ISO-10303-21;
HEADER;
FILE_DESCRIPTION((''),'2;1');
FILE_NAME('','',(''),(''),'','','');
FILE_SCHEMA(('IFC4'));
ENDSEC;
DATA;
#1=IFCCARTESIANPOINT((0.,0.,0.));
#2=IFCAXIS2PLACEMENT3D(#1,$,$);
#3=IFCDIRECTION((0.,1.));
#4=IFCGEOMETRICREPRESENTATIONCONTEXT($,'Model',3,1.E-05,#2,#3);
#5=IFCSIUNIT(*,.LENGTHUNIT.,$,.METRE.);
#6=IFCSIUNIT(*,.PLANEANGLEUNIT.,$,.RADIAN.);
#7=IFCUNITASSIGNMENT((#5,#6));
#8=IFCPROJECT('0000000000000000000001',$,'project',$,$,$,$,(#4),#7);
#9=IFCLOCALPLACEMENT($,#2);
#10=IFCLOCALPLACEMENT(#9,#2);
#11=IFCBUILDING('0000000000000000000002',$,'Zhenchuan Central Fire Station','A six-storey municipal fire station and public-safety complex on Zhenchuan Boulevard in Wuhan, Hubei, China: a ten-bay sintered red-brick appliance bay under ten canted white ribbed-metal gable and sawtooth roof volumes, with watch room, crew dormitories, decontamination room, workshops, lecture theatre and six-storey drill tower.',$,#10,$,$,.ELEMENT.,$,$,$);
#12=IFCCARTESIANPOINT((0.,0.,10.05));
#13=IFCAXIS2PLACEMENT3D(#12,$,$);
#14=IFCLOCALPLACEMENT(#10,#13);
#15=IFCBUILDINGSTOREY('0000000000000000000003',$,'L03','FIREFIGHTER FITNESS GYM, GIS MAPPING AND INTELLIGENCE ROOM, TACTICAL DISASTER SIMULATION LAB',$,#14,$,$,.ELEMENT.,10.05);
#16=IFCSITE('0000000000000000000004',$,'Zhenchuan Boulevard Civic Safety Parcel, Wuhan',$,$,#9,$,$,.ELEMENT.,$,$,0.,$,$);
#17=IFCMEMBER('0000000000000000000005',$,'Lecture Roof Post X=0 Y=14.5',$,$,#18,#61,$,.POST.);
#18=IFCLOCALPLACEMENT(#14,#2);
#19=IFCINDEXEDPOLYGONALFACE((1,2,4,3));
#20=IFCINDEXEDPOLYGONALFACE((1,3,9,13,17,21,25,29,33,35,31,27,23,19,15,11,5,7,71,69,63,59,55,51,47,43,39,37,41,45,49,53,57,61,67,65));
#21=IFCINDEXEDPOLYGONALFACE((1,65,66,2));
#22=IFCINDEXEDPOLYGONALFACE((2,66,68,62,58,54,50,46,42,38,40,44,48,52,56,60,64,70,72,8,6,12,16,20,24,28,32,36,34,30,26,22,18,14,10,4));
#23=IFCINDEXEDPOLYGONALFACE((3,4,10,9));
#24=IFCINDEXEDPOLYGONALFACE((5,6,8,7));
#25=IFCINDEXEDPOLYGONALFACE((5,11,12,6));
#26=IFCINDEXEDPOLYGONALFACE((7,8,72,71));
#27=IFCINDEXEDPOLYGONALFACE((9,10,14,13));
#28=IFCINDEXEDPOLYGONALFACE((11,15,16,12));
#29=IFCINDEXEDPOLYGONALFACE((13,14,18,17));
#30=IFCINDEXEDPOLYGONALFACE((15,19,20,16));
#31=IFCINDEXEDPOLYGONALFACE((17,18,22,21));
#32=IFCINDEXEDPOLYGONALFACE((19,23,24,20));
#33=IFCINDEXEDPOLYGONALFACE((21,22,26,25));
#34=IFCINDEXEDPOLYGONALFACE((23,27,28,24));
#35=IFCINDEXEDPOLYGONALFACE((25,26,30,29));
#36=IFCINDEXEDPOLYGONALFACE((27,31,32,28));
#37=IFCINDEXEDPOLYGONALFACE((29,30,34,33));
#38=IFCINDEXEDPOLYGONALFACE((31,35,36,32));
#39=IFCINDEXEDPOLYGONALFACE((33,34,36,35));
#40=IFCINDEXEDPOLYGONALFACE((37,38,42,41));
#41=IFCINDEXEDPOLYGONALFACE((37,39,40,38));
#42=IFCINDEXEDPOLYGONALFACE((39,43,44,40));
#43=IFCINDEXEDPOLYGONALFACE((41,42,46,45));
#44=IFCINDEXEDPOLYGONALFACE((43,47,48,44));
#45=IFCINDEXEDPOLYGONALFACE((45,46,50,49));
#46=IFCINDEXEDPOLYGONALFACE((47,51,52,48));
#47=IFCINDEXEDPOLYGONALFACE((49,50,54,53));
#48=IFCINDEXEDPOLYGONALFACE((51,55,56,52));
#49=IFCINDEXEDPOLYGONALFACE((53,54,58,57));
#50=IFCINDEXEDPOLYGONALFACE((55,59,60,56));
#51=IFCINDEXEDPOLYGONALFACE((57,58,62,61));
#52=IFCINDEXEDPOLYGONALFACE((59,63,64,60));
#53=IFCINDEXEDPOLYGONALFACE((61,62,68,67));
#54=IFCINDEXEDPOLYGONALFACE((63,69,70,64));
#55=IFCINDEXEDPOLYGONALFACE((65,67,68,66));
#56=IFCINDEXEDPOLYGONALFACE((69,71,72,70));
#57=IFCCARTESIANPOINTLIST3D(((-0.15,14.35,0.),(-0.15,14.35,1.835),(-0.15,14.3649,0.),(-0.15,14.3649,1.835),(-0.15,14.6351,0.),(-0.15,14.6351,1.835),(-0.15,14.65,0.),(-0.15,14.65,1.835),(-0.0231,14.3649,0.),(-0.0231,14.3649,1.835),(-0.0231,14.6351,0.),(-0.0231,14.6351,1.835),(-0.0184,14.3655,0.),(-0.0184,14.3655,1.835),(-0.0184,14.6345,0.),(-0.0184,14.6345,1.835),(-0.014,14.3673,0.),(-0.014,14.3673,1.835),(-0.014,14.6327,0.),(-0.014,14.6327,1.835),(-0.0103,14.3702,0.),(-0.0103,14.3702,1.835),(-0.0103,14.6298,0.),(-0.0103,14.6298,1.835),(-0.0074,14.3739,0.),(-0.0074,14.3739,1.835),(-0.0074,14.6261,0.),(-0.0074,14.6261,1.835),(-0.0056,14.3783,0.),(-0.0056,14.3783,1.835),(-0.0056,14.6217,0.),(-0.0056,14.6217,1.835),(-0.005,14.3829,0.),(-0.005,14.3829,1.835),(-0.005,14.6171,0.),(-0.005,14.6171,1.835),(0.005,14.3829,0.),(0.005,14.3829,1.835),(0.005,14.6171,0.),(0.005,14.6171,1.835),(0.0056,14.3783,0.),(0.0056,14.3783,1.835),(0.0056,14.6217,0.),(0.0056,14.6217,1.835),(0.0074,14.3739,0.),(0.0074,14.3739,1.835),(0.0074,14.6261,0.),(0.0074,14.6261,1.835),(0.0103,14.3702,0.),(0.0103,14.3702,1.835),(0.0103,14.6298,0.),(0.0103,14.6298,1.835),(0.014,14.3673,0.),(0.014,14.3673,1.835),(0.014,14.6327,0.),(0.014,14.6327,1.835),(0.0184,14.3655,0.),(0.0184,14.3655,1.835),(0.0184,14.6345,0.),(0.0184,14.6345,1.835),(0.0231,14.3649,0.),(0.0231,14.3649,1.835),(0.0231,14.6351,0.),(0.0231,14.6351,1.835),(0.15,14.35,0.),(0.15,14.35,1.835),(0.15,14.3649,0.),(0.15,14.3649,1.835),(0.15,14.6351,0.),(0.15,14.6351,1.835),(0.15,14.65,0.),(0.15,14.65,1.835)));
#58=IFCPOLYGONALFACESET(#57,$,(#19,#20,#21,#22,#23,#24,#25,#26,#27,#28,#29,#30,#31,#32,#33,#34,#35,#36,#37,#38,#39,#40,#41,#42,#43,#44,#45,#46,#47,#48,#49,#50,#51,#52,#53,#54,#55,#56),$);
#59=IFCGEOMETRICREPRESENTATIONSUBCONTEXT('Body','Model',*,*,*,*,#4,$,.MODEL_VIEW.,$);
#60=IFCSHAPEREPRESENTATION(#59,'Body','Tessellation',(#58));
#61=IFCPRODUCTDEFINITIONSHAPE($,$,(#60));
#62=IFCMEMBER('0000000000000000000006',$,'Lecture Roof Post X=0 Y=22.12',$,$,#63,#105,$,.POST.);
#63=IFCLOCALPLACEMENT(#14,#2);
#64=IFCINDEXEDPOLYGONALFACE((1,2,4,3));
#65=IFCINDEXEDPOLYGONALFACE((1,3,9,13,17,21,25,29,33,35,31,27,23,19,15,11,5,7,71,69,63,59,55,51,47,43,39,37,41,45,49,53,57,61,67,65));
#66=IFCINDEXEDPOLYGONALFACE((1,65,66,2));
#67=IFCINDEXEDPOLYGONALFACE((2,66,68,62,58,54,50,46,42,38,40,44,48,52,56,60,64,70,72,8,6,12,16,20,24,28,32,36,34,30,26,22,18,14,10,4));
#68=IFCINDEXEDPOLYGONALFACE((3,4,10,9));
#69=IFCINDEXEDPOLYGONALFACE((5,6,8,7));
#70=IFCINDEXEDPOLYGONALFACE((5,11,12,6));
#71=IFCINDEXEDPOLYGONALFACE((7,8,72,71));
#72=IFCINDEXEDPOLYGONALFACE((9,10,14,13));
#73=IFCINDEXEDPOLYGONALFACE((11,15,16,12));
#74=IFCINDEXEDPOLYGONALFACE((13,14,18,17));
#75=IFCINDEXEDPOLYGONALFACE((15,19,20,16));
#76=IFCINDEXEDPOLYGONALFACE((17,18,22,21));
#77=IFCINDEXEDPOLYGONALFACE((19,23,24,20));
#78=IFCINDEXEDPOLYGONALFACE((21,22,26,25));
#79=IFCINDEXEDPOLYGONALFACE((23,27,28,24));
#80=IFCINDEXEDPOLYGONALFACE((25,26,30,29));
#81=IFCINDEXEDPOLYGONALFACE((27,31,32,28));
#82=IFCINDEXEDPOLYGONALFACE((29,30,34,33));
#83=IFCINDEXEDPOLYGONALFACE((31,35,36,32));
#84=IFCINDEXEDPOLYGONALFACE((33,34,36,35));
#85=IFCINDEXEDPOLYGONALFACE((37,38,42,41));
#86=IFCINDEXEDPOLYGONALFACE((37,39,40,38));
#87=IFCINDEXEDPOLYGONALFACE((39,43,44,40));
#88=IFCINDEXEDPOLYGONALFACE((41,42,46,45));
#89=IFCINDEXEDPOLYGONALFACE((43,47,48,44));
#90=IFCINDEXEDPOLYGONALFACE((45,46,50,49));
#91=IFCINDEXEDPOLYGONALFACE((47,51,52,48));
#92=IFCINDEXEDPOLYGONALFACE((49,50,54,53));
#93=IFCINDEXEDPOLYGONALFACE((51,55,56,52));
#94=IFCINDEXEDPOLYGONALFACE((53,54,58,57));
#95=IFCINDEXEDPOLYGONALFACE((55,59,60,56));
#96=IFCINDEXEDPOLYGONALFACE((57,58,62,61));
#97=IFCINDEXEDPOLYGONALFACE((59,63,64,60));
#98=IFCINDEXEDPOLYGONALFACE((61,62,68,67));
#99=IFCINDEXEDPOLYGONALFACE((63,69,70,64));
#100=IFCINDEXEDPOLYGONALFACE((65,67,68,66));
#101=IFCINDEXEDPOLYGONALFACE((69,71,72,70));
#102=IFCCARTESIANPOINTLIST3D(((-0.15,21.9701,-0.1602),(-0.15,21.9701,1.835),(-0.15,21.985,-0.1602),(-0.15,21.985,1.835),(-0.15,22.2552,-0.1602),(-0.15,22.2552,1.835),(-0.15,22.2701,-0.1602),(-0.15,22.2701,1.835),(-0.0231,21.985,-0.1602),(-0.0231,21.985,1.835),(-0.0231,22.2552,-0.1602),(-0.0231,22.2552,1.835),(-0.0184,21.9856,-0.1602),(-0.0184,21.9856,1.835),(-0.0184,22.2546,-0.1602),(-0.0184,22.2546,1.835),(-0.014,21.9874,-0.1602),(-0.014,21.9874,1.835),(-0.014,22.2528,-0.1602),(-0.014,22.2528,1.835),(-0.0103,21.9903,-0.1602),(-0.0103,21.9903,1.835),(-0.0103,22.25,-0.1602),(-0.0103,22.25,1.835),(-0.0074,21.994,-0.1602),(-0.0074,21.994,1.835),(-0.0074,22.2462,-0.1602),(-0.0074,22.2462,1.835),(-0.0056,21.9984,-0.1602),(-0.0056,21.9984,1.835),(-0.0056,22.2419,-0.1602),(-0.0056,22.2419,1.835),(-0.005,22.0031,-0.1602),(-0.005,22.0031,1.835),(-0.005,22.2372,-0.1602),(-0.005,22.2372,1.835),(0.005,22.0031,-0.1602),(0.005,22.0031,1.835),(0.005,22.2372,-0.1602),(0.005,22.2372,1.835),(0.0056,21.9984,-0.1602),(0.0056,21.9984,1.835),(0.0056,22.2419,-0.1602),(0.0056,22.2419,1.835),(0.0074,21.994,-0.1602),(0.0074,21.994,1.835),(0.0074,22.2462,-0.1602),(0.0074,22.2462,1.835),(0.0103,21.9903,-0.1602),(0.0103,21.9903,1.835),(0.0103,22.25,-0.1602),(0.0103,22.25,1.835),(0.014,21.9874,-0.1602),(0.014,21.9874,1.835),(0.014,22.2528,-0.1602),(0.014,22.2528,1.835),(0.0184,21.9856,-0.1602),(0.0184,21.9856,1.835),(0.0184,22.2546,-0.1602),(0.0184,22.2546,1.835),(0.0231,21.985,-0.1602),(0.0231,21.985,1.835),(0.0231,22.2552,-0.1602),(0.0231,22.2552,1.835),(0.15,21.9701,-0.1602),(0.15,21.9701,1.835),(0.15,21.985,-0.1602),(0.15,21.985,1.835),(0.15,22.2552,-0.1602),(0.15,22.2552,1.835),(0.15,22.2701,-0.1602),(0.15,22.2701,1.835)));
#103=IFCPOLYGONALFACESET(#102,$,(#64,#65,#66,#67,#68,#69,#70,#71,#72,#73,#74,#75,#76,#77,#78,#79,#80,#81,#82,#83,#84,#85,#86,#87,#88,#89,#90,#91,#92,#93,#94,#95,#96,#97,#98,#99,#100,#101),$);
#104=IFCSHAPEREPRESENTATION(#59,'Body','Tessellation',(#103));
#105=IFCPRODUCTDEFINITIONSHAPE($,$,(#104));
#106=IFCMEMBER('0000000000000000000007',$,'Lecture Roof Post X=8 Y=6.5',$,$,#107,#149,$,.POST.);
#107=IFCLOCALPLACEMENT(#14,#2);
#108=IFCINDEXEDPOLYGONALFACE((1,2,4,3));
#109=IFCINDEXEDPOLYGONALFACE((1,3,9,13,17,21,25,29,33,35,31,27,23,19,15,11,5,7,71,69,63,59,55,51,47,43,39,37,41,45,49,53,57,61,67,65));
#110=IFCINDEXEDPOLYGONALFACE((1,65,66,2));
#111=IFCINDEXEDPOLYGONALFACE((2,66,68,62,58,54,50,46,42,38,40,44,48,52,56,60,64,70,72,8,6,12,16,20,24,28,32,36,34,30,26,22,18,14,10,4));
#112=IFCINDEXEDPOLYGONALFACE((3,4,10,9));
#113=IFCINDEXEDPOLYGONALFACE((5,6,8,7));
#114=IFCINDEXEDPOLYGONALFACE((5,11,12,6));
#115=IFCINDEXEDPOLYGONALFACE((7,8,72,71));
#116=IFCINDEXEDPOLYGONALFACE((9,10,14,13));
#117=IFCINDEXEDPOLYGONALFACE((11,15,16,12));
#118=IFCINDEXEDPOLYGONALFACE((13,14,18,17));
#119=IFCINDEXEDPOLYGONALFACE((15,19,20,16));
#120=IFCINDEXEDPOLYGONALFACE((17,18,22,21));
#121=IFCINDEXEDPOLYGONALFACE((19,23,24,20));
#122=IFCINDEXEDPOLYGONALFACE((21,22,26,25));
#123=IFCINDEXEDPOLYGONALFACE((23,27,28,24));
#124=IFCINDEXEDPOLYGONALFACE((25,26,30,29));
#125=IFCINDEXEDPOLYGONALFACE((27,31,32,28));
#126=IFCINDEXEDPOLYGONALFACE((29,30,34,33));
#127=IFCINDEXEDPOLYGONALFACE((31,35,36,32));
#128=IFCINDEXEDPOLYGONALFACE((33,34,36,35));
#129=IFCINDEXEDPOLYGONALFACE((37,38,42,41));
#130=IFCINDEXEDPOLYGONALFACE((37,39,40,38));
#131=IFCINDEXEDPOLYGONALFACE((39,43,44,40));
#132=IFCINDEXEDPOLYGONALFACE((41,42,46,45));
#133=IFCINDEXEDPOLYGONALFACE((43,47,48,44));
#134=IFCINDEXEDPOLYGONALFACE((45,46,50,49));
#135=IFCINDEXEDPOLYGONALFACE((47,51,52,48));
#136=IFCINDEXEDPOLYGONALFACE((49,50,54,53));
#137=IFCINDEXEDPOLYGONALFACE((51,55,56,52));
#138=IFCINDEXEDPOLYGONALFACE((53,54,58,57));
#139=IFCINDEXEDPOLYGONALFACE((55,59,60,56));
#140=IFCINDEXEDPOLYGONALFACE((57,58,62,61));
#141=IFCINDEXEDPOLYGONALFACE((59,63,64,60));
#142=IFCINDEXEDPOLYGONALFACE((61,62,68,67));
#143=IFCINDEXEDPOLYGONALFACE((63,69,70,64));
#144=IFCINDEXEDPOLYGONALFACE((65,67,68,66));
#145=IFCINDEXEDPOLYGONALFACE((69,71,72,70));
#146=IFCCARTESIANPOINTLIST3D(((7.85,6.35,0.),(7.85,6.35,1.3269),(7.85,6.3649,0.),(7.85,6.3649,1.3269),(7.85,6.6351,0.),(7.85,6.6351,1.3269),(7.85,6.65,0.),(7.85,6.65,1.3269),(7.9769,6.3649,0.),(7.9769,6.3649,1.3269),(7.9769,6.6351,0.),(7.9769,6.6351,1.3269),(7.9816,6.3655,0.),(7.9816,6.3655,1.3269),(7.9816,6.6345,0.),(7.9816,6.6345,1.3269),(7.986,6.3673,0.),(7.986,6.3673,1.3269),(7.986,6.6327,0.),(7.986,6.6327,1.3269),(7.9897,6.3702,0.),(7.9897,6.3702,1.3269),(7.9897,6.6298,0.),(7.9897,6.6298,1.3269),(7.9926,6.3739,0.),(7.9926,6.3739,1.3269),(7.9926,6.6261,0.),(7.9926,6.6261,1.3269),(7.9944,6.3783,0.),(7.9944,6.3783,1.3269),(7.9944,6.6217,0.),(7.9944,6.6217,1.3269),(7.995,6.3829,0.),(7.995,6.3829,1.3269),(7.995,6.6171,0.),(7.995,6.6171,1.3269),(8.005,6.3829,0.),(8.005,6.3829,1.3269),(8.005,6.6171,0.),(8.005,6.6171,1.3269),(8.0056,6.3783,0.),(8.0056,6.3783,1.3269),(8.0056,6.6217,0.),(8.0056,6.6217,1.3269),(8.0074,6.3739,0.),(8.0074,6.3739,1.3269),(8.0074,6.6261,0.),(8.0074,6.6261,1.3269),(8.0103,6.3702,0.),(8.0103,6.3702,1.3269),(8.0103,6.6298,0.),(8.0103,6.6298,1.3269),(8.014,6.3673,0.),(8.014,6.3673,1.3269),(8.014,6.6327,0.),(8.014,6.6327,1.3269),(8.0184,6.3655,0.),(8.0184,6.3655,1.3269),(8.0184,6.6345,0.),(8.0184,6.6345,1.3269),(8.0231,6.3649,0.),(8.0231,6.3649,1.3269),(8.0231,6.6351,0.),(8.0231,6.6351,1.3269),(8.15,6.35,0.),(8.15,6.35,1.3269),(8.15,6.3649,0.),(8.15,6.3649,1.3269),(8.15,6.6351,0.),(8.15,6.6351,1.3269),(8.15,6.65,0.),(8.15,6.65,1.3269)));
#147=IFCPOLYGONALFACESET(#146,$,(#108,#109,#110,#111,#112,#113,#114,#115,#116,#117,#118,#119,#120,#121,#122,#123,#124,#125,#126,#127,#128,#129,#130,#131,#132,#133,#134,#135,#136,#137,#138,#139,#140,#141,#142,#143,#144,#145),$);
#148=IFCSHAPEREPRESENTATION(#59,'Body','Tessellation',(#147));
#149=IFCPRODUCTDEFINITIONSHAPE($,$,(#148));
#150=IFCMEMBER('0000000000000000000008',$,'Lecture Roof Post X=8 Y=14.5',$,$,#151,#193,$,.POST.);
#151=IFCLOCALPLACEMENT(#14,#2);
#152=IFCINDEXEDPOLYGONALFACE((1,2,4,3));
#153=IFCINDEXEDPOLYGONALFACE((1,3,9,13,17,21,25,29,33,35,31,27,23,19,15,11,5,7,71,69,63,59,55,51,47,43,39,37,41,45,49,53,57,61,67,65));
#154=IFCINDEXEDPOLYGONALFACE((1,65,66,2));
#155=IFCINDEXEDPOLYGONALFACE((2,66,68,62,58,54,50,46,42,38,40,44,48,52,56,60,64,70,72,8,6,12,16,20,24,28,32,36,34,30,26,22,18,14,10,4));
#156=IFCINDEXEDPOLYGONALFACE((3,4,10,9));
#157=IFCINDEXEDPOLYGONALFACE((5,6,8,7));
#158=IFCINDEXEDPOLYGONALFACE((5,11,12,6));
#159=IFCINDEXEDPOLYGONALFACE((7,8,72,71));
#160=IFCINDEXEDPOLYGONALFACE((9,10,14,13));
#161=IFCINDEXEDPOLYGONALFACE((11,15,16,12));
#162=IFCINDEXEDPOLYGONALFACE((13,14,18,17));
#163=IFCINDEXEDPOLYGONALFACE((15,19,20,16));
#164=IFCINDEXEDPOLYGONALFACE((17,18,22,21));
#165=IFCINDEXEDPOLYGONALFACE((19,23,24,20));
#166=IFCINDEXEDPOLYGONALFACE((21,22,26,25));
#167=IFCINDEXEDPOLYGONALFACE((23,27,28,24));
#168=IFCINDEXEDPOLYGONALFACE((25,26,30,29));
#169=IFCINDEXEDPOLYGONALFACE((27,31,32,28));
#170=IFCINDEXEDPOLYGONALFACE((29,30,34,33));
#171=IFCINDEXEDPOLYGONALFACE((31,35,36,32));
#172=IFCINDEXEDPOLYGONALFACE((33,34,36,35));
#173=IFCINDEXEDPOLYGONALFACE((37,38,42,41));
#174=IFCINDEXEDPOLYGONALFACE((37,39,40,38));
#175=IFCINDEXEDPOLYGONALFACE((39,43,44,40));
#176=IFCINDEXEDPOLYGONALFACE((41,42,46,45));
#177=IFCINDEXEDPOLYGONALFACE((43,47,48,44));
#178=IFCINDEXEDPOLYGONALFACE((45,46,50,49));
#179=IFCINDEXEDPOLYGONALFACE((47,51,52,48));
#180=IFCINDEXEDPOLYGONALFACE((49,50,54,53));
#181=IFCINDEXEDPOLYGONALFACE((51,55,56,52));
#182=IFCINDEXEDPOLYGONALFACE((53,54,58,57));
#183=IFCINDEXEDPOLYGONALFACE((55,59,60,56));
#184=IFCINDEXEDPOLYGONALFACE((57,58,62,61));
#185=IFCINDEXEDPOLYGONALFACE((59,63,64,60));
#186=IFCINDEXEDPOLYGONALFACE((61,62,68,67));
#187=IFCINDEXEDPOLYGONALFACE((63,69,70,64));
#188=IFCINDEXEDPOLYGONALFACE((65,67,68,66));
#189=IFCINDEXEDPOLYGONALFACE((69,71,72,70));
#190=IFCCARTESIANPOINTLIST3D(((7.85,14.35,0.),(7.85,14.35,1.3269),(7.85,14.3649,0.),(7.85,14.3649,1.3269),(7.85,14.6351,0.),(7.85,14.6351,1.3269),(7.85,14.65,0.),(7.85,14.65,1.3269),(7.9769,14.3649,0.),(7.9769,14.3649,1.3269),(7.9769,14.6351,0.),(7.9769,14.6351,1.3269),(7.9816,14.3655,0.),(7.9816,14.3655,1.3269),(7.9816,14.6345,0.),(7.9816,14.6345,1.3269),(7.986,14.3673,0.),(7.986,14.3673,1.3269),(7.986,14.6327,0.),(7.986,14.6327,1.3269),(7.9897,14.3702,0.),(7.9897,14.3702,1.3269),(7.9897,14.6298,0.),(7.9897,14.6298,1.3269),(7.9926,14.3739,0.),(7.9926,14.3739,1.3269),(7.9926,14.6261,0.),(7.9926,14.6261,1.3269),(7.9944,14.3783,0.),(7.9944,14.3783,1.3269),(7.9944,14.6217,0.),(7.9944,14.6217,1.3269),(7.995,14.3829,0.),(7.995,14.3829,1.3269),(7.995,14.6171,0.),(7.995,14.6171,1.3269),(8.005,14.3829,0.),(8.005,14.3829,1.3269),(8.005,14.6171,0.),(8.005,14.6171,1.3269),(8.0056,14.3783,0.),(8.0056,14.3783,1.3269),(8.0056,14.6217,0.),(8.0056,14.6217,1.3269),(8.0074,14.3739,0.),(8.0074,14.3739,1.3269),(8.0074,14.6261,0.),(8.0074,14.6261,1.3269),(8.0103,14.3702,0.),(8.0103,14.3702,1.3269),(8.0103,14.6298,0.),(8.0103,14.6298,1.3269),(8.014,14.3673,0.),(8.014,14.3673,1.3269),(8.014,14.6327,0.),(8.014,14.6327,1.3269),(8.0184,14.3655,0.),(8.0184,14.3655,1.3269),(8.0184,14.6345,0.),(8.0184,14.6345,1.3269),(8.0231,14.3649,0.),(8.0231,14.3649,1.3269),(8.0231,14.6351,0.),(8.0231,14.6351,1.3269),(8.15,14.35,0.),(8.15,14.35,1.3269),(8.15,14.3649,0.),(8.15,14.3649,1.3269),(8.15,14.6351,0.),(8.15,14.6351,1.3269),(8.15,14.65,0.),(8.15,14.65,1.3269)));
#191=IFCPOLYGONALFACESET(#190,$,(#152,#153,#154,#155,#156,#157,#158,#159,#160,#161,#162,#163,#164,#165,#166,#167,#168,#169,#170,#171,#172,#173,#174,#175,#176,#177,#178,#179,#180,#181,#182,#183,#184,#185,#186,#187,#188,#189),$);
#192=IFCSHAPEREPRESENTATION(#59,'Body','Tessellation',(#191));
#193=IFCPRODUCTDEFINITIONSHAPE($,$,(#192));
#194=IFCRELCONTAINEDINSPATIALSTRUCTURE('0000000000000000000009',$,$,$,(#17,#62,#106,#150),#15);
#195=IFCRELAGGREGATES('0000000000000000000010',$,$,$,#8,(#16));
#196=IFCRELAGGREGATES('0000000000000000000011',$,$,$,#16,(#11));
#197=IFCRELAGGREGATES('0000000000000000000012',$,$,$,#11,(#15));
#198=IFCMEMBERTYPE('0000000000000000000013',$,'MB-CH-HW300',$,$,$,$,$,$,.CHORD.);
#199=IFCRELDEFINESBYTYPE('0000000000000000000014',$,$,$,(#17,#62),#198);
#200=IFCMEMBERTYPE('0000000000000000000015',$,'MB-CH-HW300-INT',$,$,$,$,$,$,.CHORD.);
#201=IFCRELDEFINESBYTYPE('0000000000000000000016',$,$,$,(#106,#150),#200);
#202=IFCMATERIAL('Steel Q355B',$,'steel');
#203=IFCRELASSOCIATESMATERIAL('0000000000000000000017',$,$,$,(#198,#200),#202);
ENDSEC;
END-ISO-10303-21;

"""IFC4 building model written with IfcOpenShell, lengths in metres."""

from ifc_helpers import new_model, si_unit, direction, frame, origin, origin_2d, place, context, subcontext, project, spatial, i_section, extrude, material, material_profile, profile_set, type_object, element, save


model = new_model("IFC4")

# Units and contexts
model_context = context("Model", 3, precision=1e-05, world=origin(), true_north=direction((0.0, 1.0)))
body_context = subcontext(model_context, "Body", "Model", "MODEL_VIEW")
ifc_project = project(units=[si_unit("LENGTHUNIT", "METRE"), si_unit("PLANEANGLEUNIT", "RADIAN")], contexts=[model_context])

# Site, building, storey
site_placement = place(None, origin())
site = spatial("IfcSite", under=ifc_project, at=site_placement, Name="Zhenchuan Boulevard Civic Safety Parcel, Wuhan", CompositionType="ELEMENT", RefElevation=0.0)
building_placement = place(site_placement, origin())
building = spatial("IfcBuilding", under=site, at=building_placement, Name="Zhenchuan Central Fire Station", Description="A six-storey municipal fire station and public-safety complex on Zhenchuan Boulevard in Wuhan, Hubei, China: a ten-bay sintered red-brick appliance bay under ten canted white ribbed-metal gable and sawtooth roof volumes, with watch room, crew dormitories, decontamination room, workshops, lecture theatre and six-storey drill tower.", CompositionType="ELEMENT")
storey_placement = place(building_placement, frame((0.0, 0.0, 10.05)))
storey = spatial("IfcBuildingStorey", under=building, at=storey_placement, Name="L03", Description="FIREFIGHTER FITNESS GYM, GIS MAPPING AND INTELLIGENCE ROOM, TACTICAL DISASTER SIMULATION LAB", CompositionType="ELEMENT", Elevation=10.05)

# Shared definitions
ifc_material_1 = material(Name="Steel Q355B", Category="steel")

# Members
ifc_material_profile_1 = material_profile(ifc_material_1, i_section(OverallWidth=0.3, OverallDepth=0.3, WebThickness=0.01, FlangeThickness=0.0149, FilletRadius=0.0181, at=origin_2d()), Name="HW 300x300")
ifc_profile_set_1 = profile_set([ifc_material_profile_1], Name="Steel Q355B")
member_type_1 = type_object("IfcMemberType", Name="MB-CH-HW300", PredefinedType="CHORD", material=ifc_profile_set_1)
member_1_placement = place(storey_placement, frame((0.0, 14.5, 0.0), z_axis=(0.0, 0.0, 1.0), x_axis=(1.0, 0.0, 0.0)))
element("IfcMember", 1, at=member_1_placement, inside=storey, type_object=member_type_1, Name="Lecture Roof Post X=0 Y=14.5", PredefinedType="POST", context=body_context, shape_type="SweptSolid", body=[
    extrude(i_section(OverallWidth=0.3, OverallDepth=0.3, WebThickness=0.01, FlangeThickness=0.0149, FilletRadius=0.0181, at=origin_2d()), origin(), (0.0, 0.0, 1.0), 1.835),
])
member_2_placement = place(storey_placement, frame((0.0, 22.1201, -0.1602), z_axis=(0.0, 0.0, 1.0), x_axis=(1.0, 0.0, 0.0)))
element("IfcMember", 2, at=member_2_placement, inside=storey, type_object=member_type_1, Name="Lecture Roof Post X=0 Y=22.12", PredefinedType="POST", context=body_context, shape_type="SweptSolid", body=[
    extrude(i_section(OverallWidth=0.3, OverallDepth=0.3, WebThickness=0.01, FlangeThickness=0.0149, FilletRadius=0.0181, at=origin_2d()), origin(), (0.0, 0.0, 1.0), 1.9951),
])
ifc_material_profile_2 = material_profile(ifc_material_1, i_section(OverallWidth=0.3, OverallDepth=0.3, WebThickness=0.01, FlangeThickness=0.0149, FilletRadius=0.0181, at=origin_2d()), Name="HW 300x300")
ifc_profile_set_2 = profile_set([ifc_material_profile_2], Name="Steel Q355B")
member_type_2 = type_object("IfcMemberType", Name="MB-CH-HW300-INT", PredefinedType="CHORD", material=ifc_profile_set_2)
for number, where, z_axis, x_axis, name in (
    (3, (8.0, 6.5, 0.0), (0.0, 0.0, 1.0), (1.0, 0.0, 0.0), "Lecture Roof Post X=8 Y=6.5"),
    (4, (8.0, 14.5, 0.0), (0.0, 0.0, 1.0), (1.0, 0.0, 0.0), "Lecture Roof Post X=8 Y=14.5"),
):
    element("IfcMember", number, at=place(storey_placement, frame(where, z_axis=z_axis, x_axis=x_axis)), inside=storey, type_object=member_type_2, Name=name, PredefinedType="POST", context=body_context, shape_type="SweptSolid", body=[
        extrude(i_section(OverallWidth=0.3, OverallDepth=0.3, WebThickness=0.01, FlangeThickness=0.0149, FilletRadius=0.0181, at=origin_2d()), origin(), (0.0, 0.0, 1.0), 1.3269),
    ])

save(model, "model.ifc")
